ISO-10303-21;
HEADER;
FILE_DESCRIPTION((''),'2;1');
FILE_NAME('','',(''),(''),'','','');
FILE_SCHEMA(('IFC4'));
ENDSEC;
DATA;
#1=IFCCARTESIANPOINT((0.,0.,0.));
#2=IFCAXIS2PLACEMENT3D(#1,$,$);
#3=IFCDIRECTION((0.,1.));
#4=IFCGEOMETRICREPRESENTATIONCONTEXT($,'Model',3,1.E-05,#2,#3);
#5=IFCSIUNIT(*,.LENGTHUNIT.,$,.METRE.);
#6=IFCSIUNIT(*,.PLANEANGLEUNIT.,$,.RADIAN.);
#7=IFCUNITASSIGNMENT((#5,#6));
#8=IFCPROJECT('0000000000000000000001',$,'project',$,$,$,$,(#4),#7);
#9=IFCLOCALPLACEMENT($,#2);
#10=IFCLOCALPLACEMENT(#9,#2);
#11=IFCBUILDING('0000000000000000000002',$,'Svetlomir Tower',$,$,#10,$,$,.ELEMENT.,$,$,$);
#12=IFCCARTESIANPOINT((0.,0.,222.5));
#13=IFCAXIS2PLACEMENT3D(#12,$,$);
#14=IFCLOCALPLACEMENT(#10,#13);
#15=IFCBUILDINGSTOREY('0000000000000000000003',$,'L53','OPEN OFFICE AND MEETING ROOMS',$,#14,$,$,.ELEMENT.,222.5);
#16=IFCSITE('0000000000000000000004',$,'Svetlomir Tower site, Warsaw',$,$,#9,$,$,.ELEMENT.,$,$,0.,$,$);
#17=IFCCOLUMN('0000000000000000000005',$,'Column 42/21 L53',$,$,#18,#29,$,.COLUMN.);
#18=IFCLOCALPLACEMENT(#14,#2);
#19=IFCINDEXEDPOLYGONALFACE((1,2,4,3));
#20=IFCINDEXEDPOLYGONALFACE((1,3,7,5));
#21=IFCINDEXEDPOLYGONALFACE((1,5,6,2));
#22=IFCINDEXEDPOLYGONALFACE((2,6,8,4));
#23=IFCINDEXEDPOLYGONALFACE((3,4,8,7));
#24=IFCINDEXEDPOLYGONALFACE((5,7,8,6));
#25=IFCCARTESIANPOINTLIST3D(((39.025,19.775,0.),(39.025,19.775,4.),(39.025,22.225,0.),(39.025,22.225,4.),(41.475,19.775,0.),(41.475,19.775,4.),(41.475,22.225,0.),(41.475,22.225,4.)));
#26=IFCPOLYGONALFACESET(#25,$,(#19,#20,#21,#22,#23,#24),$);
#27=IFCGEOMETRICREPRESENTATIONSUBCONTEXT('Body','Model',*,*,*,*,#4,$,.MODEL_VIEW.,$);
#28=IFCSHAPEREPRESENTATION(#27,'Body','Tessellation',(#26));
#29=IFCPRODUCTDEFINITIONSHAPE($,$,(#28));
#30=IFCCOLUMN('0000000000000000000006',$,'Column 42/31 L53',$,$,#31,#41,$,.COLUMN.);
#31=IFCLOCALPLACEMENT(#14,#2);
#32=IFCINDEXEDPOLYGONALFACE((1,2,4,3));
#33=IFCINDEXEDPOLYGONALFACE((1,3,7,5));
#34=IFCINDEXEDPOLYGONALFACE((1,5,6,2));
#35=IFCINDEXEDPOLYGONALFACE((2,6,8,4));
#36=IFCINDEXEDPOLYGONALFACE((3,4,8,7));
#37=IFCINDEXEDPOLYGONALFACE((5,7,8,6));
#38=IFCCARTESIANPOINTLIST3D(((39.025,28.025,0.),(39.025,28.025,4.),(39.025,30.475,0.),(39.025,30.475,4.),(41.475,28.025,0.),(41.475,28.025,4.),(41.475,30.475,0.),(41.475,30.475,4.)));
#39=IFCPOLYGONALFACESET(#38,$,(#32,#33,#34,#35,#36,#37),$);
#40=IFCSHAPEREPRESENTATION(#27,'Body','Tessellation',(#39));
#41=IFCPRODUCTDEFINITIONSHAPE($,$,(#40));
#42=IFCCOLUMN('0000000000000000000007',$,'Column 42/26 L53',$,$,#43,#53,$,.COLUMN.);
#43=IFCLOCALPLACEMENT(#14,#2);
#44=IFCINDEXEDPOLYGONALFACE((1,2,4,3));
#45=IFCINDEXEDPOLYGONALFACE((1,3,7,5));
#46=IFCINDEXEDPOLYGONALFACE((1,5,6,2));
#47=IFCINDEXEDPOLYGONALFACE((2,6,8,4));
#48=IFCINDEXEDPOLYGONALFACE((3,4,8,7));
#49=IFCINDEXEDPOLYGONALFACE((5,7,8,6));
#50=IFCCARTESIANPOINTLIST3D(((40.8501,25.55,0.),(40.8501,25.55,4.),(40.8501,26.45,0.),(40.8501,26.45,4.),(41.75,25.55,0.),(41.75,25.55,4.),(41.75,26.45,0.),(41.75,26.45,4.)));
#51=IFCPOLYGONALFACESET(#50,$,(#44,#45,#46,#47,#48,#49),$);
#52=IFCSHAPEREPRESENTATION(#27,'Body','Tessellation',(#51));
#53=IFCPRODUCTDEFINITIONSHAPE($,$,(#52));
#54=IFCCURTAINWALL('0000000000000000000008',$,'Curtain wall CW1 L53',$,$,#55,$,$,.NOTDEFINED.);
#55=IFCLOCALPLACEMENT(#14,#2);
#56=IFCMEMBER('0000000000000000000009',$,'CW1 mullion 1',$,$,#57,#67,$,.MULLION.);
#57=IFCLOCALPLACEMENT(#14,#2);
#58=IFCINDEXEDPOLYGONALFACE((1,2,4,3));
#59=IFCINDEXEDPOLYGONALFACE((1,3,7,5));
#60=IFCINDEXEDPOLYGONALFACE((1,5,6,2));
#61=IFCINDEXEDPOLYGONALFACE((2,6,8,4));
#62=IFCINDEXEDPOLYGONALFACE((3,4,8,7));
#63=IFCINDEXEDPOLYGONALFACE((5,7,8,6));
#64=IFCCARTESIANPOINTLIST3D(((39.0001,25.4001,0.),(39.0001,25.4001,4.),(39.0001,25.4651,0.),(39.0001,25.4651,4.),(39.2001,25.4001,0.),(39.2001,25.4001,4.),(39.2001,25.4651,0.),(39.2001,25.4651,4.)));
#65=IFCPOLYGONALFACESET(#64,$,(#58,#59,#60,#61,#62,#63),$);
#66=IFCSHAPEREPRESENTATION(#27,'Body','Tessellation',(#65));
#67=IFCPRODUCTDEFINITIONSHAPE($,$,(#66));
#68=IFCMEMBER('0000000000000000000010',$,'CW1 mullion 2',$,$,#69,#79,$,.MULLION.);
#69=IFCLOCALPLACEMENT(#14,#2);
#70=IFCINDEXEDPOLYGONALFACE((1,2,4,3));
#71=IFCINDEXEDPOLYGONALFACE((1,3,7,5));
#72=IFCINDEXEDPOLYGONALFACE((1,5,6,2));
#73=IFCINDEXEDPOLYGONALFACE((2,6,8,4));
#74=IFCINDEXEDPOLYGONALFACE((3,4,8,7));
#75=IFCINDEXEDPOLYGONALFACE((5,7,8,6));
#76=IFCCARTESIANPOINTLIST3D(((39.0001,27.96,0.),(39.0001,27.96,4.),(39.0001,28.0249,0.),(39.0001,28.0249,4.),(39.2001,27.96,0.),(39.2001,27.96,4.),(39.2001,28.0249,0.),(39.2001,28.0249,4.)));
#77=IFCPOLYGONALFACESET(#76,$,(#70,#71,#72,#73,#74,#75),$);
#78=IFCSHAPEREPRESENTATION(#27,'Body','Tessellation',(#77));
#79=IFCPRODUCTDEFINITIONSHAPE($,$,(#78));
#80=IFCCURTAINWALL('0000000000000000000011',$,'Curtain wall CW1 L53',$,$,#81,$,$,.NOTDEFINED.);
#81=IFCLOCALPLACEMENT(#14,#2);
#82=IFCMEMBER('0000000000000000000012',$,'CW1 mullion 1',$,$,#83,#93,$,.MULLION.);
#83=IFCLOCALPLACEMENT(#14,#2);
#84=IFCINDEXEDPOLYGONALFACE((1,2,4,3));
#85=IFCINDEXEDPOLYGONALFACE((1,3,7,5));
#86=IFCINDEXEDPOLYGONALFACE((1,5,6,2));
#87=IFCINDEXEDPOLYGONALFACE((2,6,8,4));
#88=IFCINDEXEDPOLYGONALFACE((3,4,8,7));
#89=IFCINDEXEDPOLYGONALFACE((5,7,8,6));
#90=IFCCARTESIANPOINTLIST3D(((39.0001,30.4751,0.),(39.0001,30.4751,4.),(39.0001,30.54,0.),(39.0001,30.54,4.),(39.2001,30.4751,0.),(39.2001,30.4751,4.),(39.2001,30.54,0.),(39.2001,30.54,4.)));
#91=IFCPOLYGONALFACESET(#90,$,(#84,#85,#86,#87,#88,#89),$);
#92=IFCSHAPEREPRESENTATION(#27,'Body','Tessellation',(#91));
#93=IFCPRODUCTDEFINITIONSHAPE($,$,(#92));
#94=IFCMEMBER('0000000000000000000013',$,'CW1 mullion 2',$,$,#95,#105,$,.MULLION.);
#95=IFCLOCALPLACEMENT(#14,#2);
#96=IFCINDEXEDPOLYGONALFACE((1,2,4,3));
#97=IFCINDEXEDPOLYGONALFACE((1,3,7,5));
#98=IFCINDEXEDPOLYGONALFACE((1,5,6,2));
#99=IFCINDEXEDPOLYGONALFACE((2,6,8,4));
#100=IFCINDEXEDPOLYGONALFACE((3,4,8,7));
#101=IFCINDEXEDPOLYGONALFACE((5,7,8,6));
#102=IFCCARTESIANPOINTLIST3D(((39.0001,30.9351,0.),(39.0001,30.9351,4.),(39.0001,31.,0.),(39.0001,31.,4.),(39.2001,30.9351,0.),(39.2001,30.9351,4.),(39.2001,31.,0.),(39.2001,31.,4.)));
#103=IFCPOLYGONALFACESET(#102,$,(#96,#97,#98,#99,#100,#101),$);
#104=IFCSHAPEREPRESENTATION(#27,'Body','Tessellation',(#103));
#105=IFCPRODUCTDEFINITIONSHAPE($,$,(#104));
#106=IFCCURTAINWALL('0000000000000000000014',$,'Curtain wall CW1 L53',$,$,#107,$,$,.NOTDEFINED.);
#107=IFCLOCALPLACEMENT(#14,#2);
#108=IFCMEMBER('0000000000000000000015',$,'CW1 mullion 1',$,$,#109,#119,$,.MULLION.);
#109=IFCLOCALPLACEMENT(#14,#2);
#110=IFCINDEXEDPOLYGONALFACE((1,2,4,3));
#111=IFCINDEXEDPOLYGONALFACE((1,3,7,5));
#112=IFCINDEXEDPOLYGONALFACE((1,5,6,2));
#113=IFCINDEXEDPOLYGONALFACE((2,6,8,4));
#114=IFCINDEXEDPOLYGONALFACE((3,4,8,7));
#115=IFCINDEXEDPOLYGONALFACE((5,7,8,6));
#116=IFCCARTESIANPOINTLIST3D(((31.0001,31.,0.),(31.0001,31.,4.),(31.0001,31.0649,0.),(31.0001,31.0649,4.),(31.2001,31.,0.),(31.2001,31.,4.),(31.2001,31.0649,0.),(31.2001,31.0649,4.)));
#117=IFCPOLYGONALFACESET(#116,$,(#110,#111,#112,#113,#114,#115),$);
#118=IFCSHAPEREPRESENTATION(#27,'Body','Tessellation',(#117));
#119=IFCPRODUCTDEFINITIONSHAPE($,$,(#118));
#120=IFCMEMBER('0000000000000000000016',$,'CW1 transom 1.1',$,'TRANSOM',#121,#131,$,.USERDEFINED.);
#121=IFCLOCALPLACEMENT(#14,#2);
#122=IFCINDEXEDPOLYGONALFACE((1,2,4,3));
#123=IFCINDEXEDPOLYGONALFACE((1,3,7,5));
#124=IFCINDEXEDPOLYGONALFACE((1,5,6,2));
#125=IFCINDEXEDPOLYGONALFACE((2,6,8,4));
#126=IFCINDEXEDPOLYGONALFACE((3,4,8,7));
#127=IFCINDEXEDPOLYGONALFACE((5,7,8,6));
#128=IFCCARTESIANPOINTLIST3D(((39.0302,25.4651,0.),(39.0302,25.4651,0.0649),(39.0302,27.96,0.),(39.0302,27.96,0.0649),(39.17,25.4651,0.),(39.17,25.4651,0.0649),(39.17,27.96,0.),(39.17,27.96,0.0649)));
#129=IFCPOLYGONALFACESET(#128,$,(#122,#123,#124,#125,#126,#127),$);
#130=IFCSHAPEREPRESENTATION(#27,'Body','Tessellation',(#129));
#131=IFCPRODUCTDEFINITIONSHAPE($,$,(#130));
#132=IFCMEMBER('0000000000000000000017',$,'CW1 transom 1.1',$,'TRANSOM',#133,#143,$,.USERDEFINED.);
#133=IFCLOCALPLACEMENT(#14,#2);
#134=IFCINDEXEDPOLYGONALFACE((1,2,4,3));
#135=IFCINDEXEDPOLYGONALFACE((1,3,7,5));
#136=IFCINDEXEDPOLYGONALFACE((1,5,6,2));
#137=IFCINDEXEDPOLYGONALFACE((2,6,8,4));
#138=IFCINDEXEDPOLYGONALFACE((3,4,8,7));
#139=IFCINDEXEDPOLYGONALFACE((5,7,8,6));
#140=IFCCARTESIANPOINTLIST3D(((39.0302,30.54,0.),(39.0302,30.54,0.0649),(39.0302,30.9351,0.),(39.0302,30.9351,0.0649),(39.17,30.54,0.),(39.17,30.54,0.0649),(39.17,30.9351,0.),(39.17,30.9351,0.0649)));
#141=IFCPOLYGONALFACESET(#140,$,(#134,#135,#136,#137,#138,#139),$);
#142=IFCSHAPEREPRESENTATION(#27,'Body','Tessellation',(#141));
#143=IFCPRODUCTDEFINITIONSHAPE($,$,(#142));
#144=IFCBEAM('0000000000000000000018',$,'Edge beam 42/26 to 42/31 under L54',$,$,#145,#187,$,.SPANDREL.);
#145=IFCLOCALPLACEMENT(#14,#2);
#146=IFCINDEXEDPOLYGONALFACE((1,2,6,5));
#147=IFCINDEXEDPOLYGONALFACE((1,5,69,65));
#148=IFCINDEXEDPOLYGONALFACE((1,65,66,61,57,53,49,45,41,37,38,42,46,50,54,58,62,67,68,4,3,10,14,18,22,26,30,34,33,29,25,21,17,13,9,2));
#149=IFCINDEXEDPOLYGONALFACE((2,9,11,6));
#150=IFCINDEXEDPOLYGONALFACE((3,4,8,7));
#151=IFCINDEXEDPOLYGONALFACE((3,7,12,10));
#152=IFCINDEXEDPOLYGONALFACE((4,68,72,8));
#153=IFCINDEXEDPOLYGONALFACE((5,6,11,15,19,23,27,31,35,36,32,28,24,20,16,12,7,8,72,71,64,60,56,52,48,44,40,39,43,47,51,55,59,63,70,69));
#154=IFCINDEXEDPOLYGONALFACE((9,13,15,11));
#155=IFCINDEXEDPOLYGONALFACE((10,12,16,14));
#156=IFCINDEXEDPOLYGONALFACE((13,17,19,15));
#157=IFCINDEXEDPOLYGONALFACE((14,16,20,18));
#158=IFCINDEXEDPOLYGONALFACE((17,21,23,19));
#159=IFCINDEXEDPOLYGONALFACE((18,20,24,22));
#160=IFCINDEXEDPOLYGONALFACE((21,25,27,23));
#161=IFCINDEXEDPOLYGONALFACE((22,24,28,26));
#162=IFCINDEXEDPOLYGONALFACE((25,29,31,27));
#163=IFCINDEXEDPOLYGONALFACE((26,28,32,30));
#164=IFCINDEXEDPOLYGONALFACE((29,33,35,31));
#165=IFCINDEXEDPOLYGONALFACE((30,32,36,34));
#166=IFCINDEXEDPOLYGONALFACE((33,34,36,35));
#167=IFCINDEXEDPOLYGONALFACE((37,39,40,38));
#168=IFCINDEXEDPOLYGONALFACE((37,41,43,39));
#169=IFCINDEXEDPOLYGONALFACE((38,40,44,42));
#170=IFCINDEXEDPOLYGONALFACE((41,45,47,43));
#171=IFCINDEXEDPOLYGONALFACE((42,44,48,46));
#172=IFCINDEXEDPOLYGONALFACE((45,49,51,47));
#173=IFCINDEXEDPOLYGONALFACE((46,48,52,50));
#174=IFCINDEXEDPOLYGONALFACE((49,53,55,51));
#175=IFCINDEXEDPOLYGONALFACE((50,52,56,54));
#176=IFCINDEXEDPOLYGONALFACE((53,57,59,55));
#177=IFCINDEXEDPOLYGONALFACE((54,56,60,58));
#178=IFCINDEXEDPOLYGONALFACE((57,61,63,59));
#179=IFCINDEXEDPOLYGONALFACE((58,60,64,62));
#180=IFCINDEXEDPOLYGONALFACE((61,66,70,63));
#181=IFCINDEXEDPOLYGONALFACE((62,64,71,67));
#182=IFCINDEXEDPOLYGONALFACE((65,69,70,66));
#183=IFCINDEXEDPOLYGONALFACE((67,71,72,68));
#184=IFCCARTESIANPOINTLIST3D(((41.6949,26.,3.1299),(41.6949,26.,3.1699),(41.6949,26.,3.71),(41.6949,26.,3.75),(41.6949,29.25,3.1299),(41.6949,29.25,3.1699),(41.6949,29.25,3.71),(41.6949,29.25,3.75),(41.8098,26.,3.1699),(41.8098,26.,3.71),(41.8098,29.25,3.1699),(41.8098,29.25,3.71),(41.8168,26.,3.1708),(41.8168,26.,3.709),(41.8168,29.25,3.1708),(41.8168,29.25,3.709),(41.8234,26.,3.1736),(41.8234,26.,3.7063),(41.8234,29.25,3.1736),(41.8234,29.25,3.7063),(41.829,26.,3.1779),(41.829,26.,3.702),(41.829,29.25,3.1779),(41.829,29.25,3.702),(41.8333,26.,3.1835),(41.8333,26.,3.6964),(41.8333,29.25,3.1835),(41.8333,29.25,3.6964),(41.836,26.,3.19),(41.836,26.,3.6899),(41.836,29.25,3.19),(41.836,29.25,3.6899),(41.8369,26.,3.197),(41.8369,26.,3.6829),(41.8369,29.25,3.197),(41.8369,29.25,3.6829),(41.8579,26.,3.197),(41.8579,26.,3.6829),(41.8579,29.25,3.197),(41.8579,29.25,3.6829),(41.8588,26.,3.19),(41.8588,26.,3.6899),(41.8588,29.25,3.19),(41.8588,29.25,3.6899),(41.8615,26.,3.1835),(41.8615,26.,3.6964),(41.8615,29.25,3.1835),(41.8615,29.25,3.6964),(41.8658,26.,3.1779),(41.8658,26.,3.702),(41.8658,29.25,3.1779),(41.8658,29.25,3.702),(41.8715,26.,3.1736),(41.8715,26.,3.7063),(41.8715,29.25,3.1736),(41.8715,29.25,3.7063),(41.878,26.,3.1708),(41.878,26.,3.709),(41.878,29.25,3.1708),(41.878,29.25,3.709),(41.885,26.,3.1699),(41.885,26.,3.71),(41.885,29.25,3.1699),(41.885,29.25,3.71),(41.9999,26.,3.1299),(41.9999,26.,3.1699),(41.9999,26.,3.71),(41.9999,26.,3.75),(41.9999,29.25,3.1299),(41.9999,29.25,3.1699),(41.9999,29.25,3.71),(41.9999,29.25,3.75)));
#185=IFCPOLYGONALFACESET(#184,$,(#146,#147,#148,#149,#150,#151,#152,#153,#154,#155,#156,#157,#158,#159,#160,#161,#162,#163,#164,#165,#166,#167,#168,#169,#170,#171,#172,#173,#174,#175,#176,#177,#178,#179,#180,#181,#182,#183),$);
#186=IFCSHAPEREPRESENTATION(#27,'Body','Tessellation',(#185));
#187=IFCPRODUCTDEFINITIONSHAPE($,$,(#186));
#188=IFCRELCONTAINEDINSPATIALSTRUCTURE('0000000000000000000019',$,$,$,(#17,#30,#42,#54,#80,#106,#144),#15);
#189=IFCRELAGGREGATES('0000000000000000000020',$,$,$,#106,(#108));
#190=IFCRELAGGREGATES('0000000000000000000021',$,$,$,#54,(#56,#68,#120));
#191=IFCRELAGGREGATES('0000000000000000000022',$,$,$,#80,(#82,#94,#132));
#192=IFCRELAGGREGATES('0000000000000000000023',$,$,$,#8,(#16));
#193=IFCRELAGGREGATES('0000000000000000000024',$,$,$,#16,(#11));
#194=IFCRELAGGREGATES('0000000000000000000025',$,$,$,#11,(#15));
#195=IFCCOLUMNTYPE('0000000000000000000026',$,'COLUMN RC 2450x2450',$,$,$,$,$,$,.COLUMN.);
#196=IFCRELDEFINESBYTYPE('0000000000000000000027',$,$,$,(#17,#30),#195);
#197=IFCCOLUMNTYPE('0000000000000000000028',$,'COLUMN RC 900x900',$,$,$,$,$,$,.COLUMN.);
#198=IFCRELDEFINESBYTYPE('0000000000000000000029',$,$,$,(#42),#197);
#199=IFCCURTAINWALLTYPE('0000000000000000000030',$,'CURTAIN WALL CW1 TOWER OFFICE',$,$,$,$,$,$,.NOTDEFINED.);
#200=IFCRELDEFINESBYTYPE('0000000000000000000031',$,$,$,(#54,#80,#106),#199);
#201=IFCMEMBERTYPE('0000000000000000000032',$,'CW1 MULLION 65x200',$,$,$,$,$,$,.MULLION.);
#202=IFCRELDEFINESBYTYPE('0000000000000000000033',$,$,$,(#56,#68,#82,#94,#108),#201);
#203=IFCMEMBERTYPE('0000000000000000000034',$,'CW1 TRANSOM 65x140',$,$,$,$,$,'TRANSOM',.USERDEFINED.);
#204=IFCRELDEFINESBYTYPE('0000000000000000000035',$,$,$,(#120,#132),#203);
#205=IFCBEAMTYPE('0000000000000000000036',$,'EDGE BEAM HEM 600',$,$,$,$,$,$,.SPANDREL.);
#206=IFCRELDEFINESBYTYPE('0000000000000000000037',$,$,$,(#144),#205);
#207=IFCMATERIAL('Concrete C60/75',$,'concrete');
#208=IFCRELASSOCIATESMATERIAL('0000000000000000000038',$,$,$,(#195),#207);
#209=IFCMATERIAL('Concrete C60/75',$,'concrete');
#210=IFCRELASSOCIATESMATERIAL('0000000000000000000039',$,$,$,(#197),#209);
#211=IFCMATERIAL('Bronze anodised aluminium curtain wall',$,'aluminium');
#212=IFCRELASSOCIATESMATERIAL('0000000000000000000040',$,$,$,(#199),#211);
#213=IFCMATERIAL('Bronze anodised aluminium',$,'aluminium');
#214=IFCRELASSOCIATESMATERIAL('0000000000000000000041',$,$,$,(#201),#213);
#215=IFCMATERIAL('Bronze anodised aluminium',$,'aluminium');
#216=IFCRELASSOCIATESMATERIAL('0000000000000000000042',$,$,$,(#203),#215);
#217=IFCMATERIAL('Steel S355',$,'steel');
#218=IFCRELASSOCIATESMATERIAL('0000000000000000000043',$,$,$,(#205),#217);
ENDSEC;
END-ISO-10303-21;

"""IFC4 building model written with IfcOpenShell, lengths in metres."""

from ifc_helpers import new_model, si_unit, direction, frame, origin, origin_2d, place, context, subcontext, project, spatial, rectangle, i_section, extrude, material, material_profile, profile_set, type_object, element, aggregate, save


model = new_model("IFC4")

# Units and contexts
model_context = context("Model", 3, precision=1e-05, world=origin(), true_north=direction((0.0, 1.0)))
body_context = subcontext(model_context, "Body", "Model", "MODEL_VIEW")
ifc_project = project(units=[si_unit("LENGTHUNIT", "METRE"), si_unit("PLANEANGLEUNIT", "RADIAN")], contexts=[model_context])

# Site, building, storey
site_placement = place(None, origin())
site = spatial("IfcSite", under=ifc_project, at=site_placement, Name="Svetlomir Tower site, Warsaw", CompositionType="ELEMENT", RefElevation=0.0)
building_placement = place(site_placement, origin())
building = spatial("IfcBuilding", under=site, at=building_placement, Name="Svetlomir Tower", CompositionType="ELEMENT")
storey_placement = place(building_placement, frame((0.0, 0.0, 222.5)))
storey = spatial("IfcBuildingStorey", under=building, at=storey_placement, Name="L53", Description="OPEN OFFICE AND MEETING ROOMS", CompositionType="ELEMENT", Elevation=222.5)

# Columns
ifc_material_1 = material(Name="Concrete C60/75", Category="concrete")
ifc_material_profile_1 = material_profile(ifc_material_1, rectangle(XDim=2.45, YDim=2.45, at=origin_2d()), Name="RC 2450x2450")
ifc_profile_set_1 = profile_set([ifc_material_profile_1], Name="Concrete C60/75")
column_type_1 = type_object("IfcColumnType", Name="COLUMN RC 2450x2450", PredefinedType="COLUMN", material=ifc_profile_set_1)
for number, where, z_axis, x_axis, name in (
    (1, (40.25, 21.0, 0.0), (0.0, 0.0, 1.0), (1.0, 0.0, 0.0), "Column 42/21 L53"),
    (2, (40.25, 29.25, 0.0), (0.0, 0.0, 1.0), (1.0, 0.0, 0.0), "Column 42/31 L53"),
):
    element("IfcColumn", number, at=place(storey_placement, frame(where, z_axis=z_axis, x_axis=x_axis)), inside=storey, type_object=column_type_1, Name=name, PredefinedType="COLUMN", context=body_context, shape_type="SweptSolid", body=[
        extrude(rectangle(XDim=2.45, YDim=2.45, at=origin_2d()), origin(), (0.0, 0.0, 1.0), 4.0),
    ])
ifc_material_2 = material(Name="Concrete C60/75", Category="concrete")
ifc_material_profile_2 = material_profile(ifc_material_2, rectangle(XDim=0.8999, YDim=0.8999, at=origin_2d()), Name="RC 900x900")
ifc_profile_set_2 = profile_set([ifc_material_profile_2], Name="Concrete C60/75")
column_type_2 = type_object("IfcColumnType", Name="COLUMN RC 900x900", PredefinedType="COLUMN", material=ifc_profile_set_2)
column_placement = place(storey_placement, frame((41.3, 26.0, 0.0), z_axis=(0.0, 0.0, 1.0), x_axis=(1.0, 0.0, 0.0)))
element("IfcColumn", 3, at=column_placement, inside=storey, type_object=column_type_2, Name="Column 42/26 L53", PredefinedType="COLUMN", context=body_context, shape_type="SweptSolid", body=[
    extrude(rectangle(XDim=0.8999, YDim=0.8999, at=origin_2d()), origin(), (0.0, 0.0, 1.0), 4.0),
])

# Curtain walls, members
ifc_material_3 = material(Name="Bronze anodised aluminium curtain wall", Category="aluminium")
curtain_wall_type = type_object("IfcCurtainWallType", Name="CURTAIN WALL CW1 TOWER OFFICE", PredefinedType="NOTDEFINED", material=ifc_material_3)
curtain_wall_1_placement = place(storey_placement, origin())
curtain_wall_1 = element("IfcCurtainWall", 4, at=curtain_wall_1_placement, inside=storey, type_object=curtain_wall_type, Name="Curtain wall CW1 L53", PredefinedType="NOTDEFINED")
ifc_material_4 = material(Name="Bronze anodised aluminium", Category="aluminium")
ifc_material_profile_3 = material_profile(ifc_material_4, rectangle(XDim=0.0649, YDim=0.2, at=origin_2d()), Name="AL 65x200")
ifc_profile_set_3 = profile_set([ifc_material_profile_3], Name="Bronze anodised aluminium 6063-T6")
member_type_1 = type_object("IfcMemberType", Name="CW1 MULLION 65x200", PredefinedType="MULLION", material=ifc_profile_set_3)
member_1_placement = place(storey_placement, frame((39.1001, 25.4326, 0.0), z_axis=(0.0, 0.0, 1.0), x_axis=(0.0, 1.0, 0.0)))
member_1 = element("IfcMember", 5, at=member_1_placement, type_object=member_type_1, Name="CW1 mullion 1", PredefinedType="MULLION", context=body_context, shape_type="SweptSolid", body=[
    extrude(rectangle(XDim=0.0649, YDim=0.2, at=origin_2d()), origin(), (0.0, 0.0, 1.0), 4.0),
])
member_2_placement = place(storey_placement, frame((39.1001, 27.9924, 0.0), z_axis=(0.0, 0.0, 1.0), x_axis=(0.0, 1.0, 0.0)))
member_2 = element("IfcMember", 6, at=member_2_placement, type_object=member_type_1, Name="CW1 mullion 2", PredefinedType="MULLION", context=body_context, shape_type="SweptSolid", body=[
    extrude(rectangle(XDim=0.0649, YDim=0.2, at=origin_2d()), origin(), (0.0, 0.0, 1.0), 4.0),
])
curtain_wall_2_placement = place(storey_placement, origin())
curtain_wall_2 = element("IfcCurtainWall", 7, at=curtain_wall_2_placement, inside=storey, type_object=curtain_wall_type, Name="Curtain wall CW1 L53", PredefinedType="NOTDEFINED")
member_3_placement = place(storey_placement, frame((39.1001, 30.5076, 0.0), z_axis=(0.0, 0.0, 1.0), x_axis=(0.0, 1.0, 0.0)))
member_3 = element("IfcMember", 8, at=member_3_placement, type_object=member_type_1, Name="CW1 mullion 1", PredefinedType="MULLION", context=body_context, shape_type="SweptSolid", body=[
    extrude(rectangle(XDim=0.0649, YDim=0.2, at=origin_2d()), origin(), (0.0, 0.0, 1.0), 4.0),
])
member_4_placement = place(storey_placement, frame((39.1001, 30.9675, 0.0), z_axis=(0.0, 0.0, 1.0), x_axis=(0.0, 1.0, 0.0)))
member_4 = element("IfcMember", 9, at=member_4_placement, type_object=member_type_1, Name="CW1 mullion 2", PredefinedType="MULLION", context=body_context, shape_type="SweptSolid", body=[
    extrude(rectangle(XDim=0.0649, YDim=0.2, at=origin_2d()), origin(), (0.0, 0.0, 1.0), 4.0),
])

# Curtain wall, member
curtain_wall_3_placement = place(storey_placement, origin())
curtain_wall_3 = element("IfcCurtainWall", 10, at=curtain_wall_3_placement, inside=storey, type_object=curtain_wall_type, Name="Curtain wall CW1 L53", PredefinedType="NOTDEFINED")
member_5_placement = place(storey_placement, frame((31.1001, 31.0325, 0.0), z_axis=(0.0, 0.0, 1.0), x_axis=(0.0, 1.0, 0.0)))
member_5 = element("IfcMember", 11, at=member_5_placement, type_object=member_type_1, Name="CW1 mullion 1", PredefinedType="MULLION", context=body_context, shape_type="SweptSolid", body=[
    extrude(rectangle(XDim=0.0649, YDim=0.2, at=origin_2d()), origin(), (0.0, 0.0, 1.0), 4.0),
])
aggregate(curtain_wall_3, [member_5])

# Members
ifc_material_5 = material(Name="Bronze anodised aluminium", Category="aluminium")
ifc_material_profile_4 = material_profile(ifc_material_5, rectangle(XDim=0.1399, YDim=0.0649, at=origin_2d()), Name="AL 140x65")
ifc_profile_set_4 = profile_set([ifc_material_profile_4], Name="Bronze anodised aluminium 6063-T6")
member_type_2 = type_object("IfcMemberType", Name="CW1 TRANSOM 65x140", ElementType="TRANSOM", PredefinedType="USERDEFINED", material=ifc_profile_set_4)
member_6_placement = place(storey_placement, frame((39.1001, 25.4651, 0.0325), z_axis=(0.0, 1.0, 0.0), x_axis=(-1.0, 0.0, 0.0)))
member_6 = element("IfcMember", 12, at=member_6_placement, type_object=member_type_2, Name="CW1 transom 1.1", ObjectType="TRANSOM", PredefinedType="USERDEFINED", context=body_context, shape_type="SweptSolid", body=[
    extrude(rectangle(XDim=0.1399, YDim=0.0649, at=origin_2d()), origin(), (0.0, 0.0, 1.0), 2.4949),
])
member_7_placement = place(storey_placement, frame((39.1001, 30.54, 0.0325), z_axis=(0.0, 1.0, 0.0), x_axis=(-1.0, 0.0, 0.0)))
member_7 = element("IfcMember", 13, at=member_7_placement, type_object=member_type_2, Name="CW1 transom 1.1", ObjectType="TRANSOM", PredefinedType="USERDEFINED", context=body_context, shape_type="SweptSolid", body=[
    extrude(rectangle(XDim=0.1399, YDim=0.0649, at=origin_2d()), origin(), (0.0, 0.0, 1.0), 0.395),
])

# Beam
ifc_material_6 = material(Name="Steel S355", Category="steel")
ifc_material_profile_5 = material_profile(ifc_material_6, i_section(OverallWidth=0.3049, OverallDepth=0.6201, WebThickness=0.021, FlangeThickness=0.04, FilletRadius=0.0271, at=origin_2d()), Name="HEM 600")
ifc_profile_set_5 = profile_set([ifc_material_profile_5], Name="Steel S355")
beam_type_1 = type_object("IfcBeamType", Name="EDGE BEAM HEM 600", PredefinedType="SPANDREL", material=ifc_profile_set_5)
beam_1_placement = place(storey_placement, frame((41.8474, 26.0, 3.4399), z_axis=(0.0, 1.0, 0.0), x_axis=(-1.0, 0.0, 0.0)))
element("IfcBeam", 14, at=beam_1_placement, inside=storey, type_object=beam_type_1, Name="Edge beam 42/26 to 42/31 under L54", PredefinedType="SPANDREL", context=body_context, shape_type="SweptSolid", body=[
    extrude(i_section(OverallWidth=0.3049, OverallDepth=0.6201, WebThickness=0.021, FlangeThickness=0.04, FilletRadius=0.0271, at=origin_2d()), origin(), (0.0, 0.0, 1.0), 3.25),
])

aggregate(curtain_wall_1, [member_1, member_2, member_6])
aggregate(curtain_wall_2, [member_3, member_4, member_7])

save(model, "model.ifc")
